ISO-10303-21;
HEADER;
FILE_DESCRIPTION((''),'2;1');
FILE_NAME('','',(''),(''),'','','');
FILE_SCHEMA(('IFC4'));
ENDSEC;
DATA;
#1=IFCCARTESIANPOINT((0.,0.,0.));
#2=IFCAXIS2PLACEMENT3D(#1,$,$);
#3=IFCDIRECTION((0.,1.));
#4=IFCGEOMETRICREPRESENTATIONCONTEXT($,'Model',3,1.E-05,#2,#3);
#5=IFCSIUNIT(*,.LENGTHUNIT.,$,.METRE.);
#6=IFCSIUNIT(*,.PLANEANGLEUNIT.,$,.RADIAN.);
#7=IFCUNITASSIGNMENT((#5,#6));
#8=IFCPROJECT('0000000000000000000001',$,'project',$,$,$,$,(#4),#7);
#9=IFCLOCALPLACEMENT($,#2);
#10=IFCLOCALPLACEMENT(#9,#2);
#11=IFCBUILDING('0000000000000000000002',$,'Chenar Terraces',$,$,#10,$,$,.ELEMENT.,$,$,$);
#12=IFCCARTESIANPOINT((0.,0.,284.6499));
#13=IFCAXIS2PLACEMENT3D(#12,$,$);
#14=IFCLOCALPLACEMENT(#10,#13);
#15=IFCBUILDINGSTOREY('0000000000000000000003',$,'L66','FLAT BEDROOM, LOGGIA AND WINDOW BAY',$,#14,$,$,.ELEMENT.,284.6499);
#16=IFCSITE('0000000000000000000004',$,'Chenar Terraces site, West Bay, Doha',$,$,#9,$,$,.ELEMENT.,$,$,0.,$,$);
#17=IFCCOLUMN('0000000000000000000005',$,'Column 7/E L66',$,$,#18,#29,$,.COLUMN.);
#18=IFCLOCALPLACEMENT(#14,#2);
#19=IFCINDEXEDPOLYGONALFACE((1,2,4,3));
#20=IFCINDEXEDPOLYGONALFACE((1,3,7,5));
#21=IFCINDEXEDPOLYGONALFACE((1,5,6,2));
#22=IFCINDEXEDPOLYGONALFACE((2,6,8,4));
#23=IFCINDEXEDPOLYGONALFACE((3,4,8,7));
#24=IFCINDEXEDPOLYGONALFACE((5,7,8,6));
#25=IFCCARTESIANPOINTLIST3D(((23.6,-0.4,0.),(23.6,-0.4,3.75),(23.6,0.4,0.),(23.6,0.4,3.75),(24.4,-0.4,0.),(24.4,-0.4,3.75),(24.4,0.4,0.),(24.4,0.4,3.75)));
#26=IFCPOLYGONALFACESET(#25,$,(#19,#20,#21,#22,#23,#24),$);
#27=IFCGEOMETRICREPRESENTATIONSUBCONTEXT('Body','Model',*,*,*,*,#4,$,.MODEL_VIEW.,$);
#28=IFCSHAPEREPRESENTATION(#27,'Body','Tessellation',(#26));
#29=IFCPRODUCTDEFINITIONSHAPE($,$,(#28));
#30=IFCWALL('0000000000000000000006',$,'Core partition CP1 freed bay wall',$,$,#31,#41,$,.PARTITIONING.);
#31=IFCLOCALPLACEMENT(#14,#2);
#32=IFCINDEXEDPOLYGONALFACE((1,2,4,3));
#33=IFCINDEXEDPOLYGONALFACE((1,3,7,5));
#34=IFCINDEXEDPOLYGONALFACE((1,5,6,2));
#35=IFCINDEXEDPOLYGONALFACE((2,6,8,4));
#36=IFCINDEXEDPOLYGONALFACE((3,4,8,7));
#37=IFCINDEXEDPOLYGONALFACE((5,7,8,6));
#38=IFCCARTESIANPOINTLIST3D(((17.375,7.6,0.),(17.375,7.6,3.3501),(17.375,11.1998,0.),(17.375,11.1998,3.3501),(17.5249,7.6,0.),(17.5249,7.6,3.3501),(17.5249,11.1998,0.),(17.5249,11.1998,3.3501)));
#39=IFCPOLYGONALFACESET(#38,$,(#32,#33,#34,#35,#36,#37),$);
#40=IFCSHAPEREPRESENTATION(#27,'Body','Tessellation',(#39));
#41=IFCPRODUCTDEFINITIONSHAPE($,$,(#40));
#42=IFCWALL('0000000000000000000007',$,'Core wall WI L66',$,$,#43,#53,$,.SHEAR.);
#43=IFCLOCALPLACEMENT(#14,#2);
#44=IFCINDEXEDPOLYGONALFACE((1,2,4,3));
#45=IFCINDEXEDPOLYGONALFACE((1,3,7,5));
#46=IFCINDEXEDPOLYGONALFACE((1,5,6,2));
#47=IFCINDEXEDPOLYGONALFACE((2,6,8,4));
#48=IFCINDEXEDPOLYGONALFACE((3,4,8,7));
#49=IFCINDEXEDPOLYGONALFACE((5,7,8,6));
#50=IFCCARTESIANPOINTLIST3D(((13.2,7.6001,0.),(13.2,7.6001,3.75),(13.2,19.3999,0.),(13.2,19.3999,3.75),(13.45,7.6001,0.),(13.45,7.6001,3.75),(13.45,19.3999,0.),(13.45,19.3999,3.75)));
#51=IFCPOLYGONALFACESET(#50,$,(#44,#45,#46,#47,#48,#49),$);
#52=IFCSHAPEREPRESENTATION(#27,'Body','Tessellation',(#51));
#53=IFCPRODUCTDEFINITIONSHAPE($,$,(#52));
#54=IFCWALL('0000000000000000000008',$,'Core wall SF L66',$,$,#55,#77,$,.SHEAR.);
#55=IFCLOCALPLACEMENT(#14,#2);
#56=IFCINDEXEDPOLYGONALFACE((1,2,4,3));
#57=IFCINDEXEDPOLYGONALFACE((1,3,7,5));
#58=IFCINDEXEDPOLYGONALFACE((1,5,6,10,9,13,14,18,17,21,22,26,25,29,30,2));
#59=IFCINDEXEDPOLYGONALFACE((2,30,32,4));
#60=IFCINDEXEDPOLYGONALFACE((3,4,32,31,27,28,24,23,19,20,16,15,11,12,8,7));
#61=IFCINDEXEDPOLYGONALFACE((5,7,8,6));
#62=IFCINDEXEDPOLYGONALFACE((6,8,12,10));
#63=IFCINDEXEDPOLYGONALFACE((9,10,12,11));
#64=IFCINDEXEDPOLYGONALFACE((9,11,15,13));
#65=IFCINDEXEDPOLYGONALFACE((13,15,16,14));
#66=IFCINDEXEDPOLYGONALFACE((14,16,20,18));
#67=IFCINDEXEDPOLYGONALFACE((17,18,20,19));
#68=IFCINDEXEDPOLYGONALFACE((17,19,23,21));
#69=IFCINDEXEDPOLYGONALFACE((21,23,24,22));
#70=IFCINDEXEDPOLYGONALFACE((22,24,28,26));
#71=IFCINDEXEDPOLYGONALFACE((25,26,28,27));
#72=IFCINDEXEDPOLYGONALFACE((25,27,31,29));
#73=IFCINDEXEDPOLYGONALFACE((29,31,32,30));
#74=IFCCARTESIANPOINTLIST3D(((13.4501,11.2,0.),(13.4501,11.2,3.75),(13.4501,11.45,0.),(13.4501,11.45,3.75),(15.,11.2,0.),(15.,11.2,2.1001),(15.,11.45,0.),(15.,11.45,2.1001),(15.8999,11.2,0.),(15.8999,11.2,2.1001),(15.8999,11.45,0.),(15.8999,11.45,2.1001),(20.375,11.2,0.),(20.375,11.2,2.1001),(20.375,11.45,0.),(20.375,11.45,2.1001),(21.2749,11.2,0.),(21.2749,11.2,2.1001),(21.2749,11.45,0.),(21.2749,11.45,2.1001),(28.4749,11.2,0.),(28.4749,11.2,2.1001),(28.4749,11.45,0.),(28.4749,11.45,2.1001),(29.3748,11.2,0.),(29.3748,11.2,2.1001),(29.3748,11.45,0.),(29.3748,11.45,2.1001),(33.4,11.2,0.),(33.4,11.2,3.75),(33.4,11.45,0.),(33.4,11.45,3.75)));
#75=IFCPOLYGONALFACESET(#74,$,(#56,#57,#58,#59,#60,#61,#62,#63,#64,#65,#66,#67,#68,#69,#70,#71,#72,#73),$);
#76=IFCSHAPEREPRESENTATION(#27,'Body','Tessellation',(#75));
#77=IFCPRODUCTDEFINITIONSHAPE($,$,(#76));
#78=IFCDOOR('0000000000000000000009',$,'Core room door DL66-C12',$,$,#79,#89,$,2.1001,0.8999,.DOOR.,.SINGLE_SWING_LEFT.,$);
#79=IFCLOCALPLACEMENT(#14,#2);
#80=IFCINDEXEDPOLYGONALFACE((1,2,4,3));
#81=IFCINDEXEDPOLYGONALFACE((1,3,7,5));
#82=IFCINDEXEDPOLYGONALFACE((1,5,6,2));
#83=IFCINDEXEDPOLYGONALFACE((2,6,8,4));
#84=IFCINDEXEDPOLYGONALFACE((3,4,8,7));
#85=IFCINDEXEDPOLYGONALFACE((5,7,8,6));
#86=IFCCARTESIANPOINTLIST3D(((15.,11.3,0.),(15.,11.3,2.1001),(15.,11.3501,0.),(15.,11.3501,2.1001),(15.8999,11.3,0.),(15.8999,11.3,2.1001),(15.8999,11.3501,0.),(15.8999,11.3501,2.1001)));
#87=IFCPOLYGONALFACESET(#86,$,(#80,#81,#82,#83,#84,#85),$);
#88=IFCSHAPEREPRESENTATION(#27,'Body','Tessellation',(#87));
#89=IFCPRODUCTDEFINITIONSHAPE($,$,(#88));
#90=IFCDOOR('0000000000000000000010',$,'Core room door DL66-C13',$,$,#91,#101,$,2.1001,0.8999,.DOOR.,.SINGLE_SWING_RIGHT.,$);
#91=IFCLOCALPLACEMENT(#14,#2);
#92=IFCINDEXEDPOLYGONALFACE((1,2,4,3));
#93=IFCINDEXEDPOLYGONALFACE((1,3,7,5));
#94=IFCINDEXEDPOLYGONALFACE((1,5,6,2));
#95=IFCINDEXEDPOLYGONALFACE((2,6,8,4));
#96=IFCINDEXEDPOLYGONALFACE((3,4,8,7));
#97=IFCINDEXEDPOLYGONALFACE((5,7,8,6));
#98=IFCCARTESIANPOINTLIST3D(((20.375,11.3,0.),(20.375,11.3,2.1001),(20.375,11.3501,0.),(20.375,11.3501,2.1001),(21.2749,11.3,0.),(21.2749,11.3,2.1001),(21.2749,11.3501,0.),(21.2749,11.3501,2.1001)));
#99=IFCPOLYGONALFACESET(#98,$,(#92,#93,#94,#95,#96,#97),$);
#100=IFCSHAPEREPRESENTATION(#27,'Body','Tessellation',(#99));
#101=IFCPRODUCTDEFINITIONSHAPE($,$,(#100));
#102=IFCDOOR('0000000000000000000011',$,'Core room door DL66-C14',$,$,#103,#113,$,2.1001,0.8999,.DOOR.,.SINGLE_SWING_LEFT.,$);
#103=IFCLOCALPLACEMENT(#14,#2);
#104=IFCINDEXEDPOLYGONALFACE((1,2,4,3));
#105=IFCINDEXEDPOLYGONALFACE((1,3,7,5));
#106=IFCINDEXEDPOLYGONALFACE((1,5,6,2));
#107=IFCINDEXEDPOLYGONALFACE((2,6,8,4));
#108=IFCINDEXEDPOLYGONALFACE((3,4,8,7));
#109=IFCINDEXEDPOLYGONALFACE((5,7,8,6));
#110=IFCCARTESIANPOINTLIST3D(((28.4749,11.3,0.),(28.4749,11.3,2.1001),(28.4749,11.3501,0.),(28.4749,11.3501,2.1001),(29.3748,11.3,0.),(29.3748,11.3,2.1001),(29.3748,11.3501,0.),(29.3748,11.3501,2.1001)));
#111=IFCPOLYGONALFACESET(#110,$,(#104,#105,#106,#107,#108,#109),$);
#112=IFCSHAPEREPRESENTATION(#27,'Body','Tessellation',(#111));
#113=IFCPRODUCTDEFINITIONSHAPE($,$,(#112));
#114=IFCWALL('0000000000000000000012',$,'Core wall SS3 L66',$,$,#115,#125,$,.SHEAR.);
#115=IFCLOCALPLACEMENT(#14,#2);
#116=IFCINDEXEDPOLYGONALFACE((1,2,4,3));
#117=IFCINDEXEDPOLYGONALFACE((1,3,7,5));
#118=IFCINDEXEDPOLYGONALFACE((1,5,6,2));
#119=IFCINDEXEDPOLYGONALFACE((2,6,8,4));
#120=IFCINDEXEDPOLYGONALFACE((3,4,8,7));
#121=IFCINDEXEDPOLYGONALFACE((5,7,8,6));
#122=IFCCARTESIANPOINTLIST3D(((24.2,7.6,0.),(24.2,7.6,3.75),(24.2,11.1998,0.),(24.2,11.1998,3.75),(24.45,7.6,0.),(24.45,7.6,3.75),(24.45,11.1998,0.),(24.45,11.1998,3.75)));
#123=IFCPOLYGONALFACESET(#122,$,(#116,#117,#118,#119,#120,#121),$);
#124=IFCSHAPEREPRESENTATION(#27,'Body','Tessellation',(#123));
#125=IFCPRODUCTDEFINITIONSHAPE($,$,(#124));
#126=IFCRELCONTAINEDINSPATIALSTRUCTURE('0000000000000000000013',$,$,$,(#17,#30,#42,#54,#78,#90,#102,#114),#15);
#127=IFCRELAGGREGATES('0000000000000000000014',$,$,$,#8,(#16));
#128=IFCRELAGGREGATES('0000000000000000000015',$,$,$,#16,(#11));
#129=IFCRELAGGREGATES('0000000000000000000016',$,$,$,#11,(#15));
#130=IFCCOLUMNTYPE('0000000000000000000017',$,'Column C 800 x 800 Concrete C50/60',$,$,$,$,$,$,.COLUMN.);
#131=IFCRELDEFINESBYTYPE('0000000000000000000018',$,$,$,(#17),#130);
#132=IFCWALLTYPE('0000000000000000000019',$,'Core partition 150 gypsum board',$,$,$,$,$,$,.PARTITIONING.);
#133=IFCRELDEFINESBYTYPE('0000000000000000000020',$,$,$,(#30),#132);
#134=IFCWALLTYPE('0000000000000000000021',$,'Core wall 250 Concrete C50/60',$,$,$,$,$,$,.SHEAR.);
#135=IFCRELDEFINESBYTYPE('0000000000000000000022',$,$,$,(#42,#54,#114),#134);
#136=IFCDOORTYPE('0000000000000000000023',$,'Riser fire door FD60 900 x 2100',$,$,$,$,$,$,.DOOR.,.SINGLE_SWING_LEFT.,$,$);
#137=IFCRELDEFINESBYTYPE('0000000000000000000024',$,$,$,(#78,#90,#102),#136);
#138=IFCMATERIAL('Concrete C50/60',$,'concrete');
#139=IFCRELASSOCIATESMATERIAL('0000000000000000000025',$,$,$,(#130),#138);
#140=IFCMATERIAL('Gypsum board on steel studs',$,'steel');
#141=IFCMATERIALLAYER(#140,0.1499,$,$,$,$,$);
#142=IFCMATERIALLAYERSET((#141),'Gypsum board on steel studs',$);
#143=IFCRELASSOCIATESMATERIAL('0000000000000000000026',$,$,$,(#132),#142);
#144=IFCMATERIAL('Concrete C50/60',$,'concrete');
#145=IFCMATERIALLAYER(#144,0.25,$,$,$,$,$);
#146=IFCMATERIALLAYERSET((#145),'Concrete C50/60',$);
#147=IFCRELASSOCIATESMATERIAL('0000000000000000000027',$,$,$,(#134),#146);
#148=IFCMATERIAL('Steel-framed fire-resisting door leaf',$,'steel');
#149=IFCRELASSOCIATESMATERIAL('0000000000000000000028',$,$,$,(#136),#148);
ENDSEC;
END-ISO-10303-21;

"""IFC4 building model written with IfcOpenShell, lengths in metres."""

from ifc_helpers import new_model, si_unit, direction, frame, frame_2d, origin, origin_2d, place, context, subcontext, project, spatial, rectangle, extrude, material, layer, layer_set, material_profile, profile_set, type_object, element, fill, save


model = new_model("IFC4")

# Units and contexts
model_context = context("Model", 3, precision=1e-05, world=origin(), true_north=direction((0.0, 1.0)))
body_context = subcontext(model_context, "Body", "Model", "MODEL_VIEW")
ifc_project = project(units=[si_unit("LENGTHUNIT", "METRE"), si_unit("PLANEANGLEUNIT", "RADIAN")], contexts=[model_context])

# Site, building, storey
site_placement = place(None, origin())
site = spatial("IfcSite", under=ifc_project, at=site_placement, Name="Chenar Terraces site, West Bay, Doha", CompositionType="ELEMENT", RefElevation=0.0)
building_placement = place(site_placement, origin())
building = spatial("IfcBuilding", under=site, at=building_placement, Name="Chenar Terraces", CompositionType="ELEMENT")
storey_placement = place(building_placement, frame((0.0, 0.0, 284.6499)))
storey = spatial("IfcBuildingStorey", under=building, at=storey_placement, Name="L66", Description="FLAT BEDROOM, LOGGIA AND WINDOW BAY", CompositionType="ELEMENT", Elevation=284.6499)

# Column
ifc_material_1 = material(Name="Concrete C50/60", Category="concrete")
ifc_material_profile = material_profile(ifc_material_1, rectangle(XDim=0.8, YDim=0.8, at=origin_2d()), Name="C 800 x 800")
ifc_profile_set = profile_set([ifc_material_profile], Name="Concrete C50/60")
column_type = type_object("IfcColumnType", Name="Column C 800 x 800 Concrete C50/60", PredefinedType="COLUMN", material=ifc_profile_set)
column_placement = place(storey_placement, frame((24.0, 0.0, 0.0), z_axis=(0.0, 0.0, 1.0), x_axis=(1.0, 0.0, 0.0)))
element("IfcColumn", 1, at=column_placement, inside=storey, type_object=column_type, Name="Column 7/E L66", PredefinedType="COLUMN", context=body_context, shape_type="SweptSolid", body=[
    extrude(rectangle(XDim=0.8, YDim=0.8, at=origin_2d()), origin(), (0.0, 0.0, 1.0), 3.75),
])

# Walls
ifc_material_2 = material(Name="Gypsum board on steel studs", Category="steel")
ifc_layer_1 = layer(ifc_material_2, 0.1499)
ifc_layer_set_1 = layer_set([ifc_layer_1], Name="Gypsum board on steel studs")
wall_type_1 = type_object("IfcWallType", Name="Core partition 150 gypsum board", PredefinedType="PARTITIONING", material=ifc_layer_set_1)
wall_1_placement = place(storey_placement, frame((17.45, 7.6001, 0.0), z_axis=(0.0, 0.0, 1.0), x_axis=(0.0, 1.0, 0.0)))
element("IfcWall", 2, at=wall_1_placement, inside=storey, type_object=wall_type_1, Name="Core partition CP1 freed bay wall", PredefinedType="PARTITIONING", context=body_context, shape_type="SweptSolid", body=[
    extrude(rectangle(XDim=3.5999, YDim=0.1499, at=frame_2d((1.7998, 0.0))), origin(), (0.0, 0.0, 1.0), 3.3501),
])
ifc_material_3 = material(Name="Concrete C50/60", Category="concrete")
ifc_layer_2 = layer(ifc_material_3, 0.25)
ifc_layer_set_2 = layer_set([ifc_layer_2], Name="Concrete C50/60")
wall_type_2 = type_object("IfcWallType", Name="Core wall 250 Concrete C50/60", PredefinedType="SHEAR", material=ifc_layer_set_2)
wall_2_placement = place(storey_placement, frame((13.325, 7.6001, 0.0), z_axis=(0.0, 0.0, 1.0), x_axis=(0.0, 1.0, 0.0)))
element("IfcWall", 3, at=wall_2_placement, inside=storey, type_object=wall_type_2, Name="Core wall WI L66", PredefinedType="SHEAR", context=body_context, shape_type="SweptSolid", body=[
    extrude(rectangle(XDim=11.7998, YDim=0.25, at=frame_2d((5.8999, 0.0))), origin(), (0.0, 0.0, 1.0), 3.75),
])

# Wall, openings, doors
wall_3_placement = place(storey_placement, frame((13.45, 11.325, 0.0), z_axis=(0.0, 0.0, 1.0), x_axis=(1.0, 0.0, 0.0)))
wall_3 = element("IfcWall", 4, at=wall_3_placement, inside=storey, type_object=wall_type_2, Name="Core wall SF L66", PredefinedType="SHEAR", context=body_context, shape_type="SweptSolid", body=[
    extrude(rectangle(XDim=19.95, YDim=0.25, at=frame_2d((9.9751, 0.0))), origin(), (0.0, 0.0, 1.0), 3.75),
])
opening_1_placement = place(wall_3_placement, frame((1.55, 0.0, 0.0)))
opening_1 = element("IfcOpeningElement", 5, at=opening_1_placement, cuts=wall_3, PredefinedType="OPENING", context=body_context, shape_type="SweptSolid", body=[
    extrude(rectangle(XDim=0.8999, YDim=2.1001, at=frame_2d((0.45, 1.05))), frame((0.0, 0.135, 0.0), z_axis=(0.0, -1.0, 0.0), x_axis=(1.0, 0.0, 0.0)), (0.0, 0.0, 1.0), 0.27),
])
opening_2_placement = place(wall_3_placement, frame((6.925, 0.0, 0.0)))
opening_2 = element("IfcOpeningElement", 6, at=opening_2_placement, cuts=wall_3, PredefinedType="OPENING", context=body_context, shape_type="SweptSolid", body=[
    extrude(rectangle(XDim=0.8999, YDim=2.1001, at=frame_2d((0.45, 1.05))), frame((0.0, 0.135, 0.0), z_axis=(0.0, -1.0, 0.0), x_axis=(1.0, 0.0, 0.0)), (0.0, 0.0, 1.0), 0.27),
])
opening_3_placement = place(wall_3_placement, frame((15.0249, 0.0, 0.0)))
opening_3 = element("IfcOpeningElement", 7, at=opening_3_placement, cuts=wall_3, PredefinedType="OPENING", context=body_context, shape_type="SweptSolid", body=[
    extrude(rectangle(XDim=0.8999, YDim=2.1001, at=frame_2d((0.45, 1.05))), frame((0.0, 0.135, 0.0), z_axis=(0.0, -1.0, 0.0), x_axis=(1.0, 0.0, 0.0)), (0.0, 0.0, 1.0), 0.27),
])
ifc_material_4 = material(Name="Steel-framed fire-resisting door leaf", Category="steel")
door_type_1 = type_object("IfcDoorType", Name="Riser fire door FD60 900 x 2100", OperationType="SINGLE_SWING_LEFT", PredefinedType="DOOR", material=ifc_material_4)
door_1_placement = place(opening_1_placement, frame((0.8999, 0.0, 0.0), z_axis=(0.0, 0.0, 1.0), x_axis=(-1.0, 0.0, 0.0)))
door_1 = element("IfcDoor", 8, at=door_1_placement, inside=storey, type_object=door_type_1, Name="Core room door DL66-C12", OperationType="SINGLE_SWING_LEFT", OverallHeight=2.1001, OverallWidth=0.8999, PredefinedType="DOOR", context=body_context, shape_type="SweptSolid", body=[
    extrude(rectangle(XDim=0.8999, YDim=2.1001, at=frame_2d((0.45, 1.05))), frame((0.0, 0.0249, 0.0), z_axis=(0.0, -1.0, 0.0), x_axis=(1.0, 0.0, 0.0)), (0.0, 0.0, 1.0), 0.05),
])
fill(opening_1, door_1)
door_2_placement = place(opening_2_placement, frame((0.8999, 0.0, 0.0), z_axis=(0.0, 0.0, 1.0), x_axis=(-1.0, 0.0, 0.0)))
door_2 = element("IfcDoor", 9, at=door_2_placement, inside=storey, type_object=door_type_1, Name="Core room door DL66-C13", OperationType="SINGLE_SWING_RIGHT", OverallHeight=2.1001, OverallWidth=0.8999, PredefinedType="DOOR", context=body_context, shape_type="SweptSolid", body=[
    extrude(rectangle(XDim=0.8999, YDim=2.1001, at=frame_2d((0.45, 1.05))), frame((0.0, 0.0249, 0.0), z_axis=(0.0, -1.0, 0.0), x_axis=(1.0, 0.0, 0.0)), (0.0, 0.0, 1.0), 0.05),
])
fill(opening_2, door_2)
door_3_placement = place(opening_3_placement, frame((0.8999, 0.0, 0.0), z_axis=(0.0, 0.0, 1.0), x_axis=(-1.0, 0.0, 0.0)))
door_3 = element("IfcDoor", 10, at=door_3_placement, inside=storey, type_object=door_type_1, Name="Core room door DL66-C14", OperationType="SINGLE_SWING_LEFT", OverallHeight=2.1001, OverallWidth=0.8999, PredefinedType="DOOR", context=body_context, shape_type="SweptSolid", body=[
    extrude(rectangle(XDim=0.8999, YDim=2.1001, at=frame_2d((0.45, 1.05))), frame((0.0, 0.0249, 0.0), z_axis=(0.0, -1.0, 0.0), x_axis=(1.0, 0.0, 0.0)), (0.0, 0.0, 1.0), 0.05),
])
fill(opening_3, door_3)

# Wall
wall_4_placement = place(storey_placement, frame((24.325, 7.6001, 0.0), z_axis=(0.0, 0.0, 1.0), x_axis=(0.0, 1.0, 0.0)))
element("IfcWall", 11, at=wall_4_placement, inside=storey, type_object=wall_type_2, Name="Core wall SS3 L66", PredefinedType="SHEAR", context=body_context, shape_type="SweptSolid", body=[
    extrude(rectangle(XDim=3.5999, YDim=0.25, at=frame_2d((1.7998, 0.0))), origin(), (0.0, 0.0, 1.0), 3.75),
])

save(model, "model.ifc")
